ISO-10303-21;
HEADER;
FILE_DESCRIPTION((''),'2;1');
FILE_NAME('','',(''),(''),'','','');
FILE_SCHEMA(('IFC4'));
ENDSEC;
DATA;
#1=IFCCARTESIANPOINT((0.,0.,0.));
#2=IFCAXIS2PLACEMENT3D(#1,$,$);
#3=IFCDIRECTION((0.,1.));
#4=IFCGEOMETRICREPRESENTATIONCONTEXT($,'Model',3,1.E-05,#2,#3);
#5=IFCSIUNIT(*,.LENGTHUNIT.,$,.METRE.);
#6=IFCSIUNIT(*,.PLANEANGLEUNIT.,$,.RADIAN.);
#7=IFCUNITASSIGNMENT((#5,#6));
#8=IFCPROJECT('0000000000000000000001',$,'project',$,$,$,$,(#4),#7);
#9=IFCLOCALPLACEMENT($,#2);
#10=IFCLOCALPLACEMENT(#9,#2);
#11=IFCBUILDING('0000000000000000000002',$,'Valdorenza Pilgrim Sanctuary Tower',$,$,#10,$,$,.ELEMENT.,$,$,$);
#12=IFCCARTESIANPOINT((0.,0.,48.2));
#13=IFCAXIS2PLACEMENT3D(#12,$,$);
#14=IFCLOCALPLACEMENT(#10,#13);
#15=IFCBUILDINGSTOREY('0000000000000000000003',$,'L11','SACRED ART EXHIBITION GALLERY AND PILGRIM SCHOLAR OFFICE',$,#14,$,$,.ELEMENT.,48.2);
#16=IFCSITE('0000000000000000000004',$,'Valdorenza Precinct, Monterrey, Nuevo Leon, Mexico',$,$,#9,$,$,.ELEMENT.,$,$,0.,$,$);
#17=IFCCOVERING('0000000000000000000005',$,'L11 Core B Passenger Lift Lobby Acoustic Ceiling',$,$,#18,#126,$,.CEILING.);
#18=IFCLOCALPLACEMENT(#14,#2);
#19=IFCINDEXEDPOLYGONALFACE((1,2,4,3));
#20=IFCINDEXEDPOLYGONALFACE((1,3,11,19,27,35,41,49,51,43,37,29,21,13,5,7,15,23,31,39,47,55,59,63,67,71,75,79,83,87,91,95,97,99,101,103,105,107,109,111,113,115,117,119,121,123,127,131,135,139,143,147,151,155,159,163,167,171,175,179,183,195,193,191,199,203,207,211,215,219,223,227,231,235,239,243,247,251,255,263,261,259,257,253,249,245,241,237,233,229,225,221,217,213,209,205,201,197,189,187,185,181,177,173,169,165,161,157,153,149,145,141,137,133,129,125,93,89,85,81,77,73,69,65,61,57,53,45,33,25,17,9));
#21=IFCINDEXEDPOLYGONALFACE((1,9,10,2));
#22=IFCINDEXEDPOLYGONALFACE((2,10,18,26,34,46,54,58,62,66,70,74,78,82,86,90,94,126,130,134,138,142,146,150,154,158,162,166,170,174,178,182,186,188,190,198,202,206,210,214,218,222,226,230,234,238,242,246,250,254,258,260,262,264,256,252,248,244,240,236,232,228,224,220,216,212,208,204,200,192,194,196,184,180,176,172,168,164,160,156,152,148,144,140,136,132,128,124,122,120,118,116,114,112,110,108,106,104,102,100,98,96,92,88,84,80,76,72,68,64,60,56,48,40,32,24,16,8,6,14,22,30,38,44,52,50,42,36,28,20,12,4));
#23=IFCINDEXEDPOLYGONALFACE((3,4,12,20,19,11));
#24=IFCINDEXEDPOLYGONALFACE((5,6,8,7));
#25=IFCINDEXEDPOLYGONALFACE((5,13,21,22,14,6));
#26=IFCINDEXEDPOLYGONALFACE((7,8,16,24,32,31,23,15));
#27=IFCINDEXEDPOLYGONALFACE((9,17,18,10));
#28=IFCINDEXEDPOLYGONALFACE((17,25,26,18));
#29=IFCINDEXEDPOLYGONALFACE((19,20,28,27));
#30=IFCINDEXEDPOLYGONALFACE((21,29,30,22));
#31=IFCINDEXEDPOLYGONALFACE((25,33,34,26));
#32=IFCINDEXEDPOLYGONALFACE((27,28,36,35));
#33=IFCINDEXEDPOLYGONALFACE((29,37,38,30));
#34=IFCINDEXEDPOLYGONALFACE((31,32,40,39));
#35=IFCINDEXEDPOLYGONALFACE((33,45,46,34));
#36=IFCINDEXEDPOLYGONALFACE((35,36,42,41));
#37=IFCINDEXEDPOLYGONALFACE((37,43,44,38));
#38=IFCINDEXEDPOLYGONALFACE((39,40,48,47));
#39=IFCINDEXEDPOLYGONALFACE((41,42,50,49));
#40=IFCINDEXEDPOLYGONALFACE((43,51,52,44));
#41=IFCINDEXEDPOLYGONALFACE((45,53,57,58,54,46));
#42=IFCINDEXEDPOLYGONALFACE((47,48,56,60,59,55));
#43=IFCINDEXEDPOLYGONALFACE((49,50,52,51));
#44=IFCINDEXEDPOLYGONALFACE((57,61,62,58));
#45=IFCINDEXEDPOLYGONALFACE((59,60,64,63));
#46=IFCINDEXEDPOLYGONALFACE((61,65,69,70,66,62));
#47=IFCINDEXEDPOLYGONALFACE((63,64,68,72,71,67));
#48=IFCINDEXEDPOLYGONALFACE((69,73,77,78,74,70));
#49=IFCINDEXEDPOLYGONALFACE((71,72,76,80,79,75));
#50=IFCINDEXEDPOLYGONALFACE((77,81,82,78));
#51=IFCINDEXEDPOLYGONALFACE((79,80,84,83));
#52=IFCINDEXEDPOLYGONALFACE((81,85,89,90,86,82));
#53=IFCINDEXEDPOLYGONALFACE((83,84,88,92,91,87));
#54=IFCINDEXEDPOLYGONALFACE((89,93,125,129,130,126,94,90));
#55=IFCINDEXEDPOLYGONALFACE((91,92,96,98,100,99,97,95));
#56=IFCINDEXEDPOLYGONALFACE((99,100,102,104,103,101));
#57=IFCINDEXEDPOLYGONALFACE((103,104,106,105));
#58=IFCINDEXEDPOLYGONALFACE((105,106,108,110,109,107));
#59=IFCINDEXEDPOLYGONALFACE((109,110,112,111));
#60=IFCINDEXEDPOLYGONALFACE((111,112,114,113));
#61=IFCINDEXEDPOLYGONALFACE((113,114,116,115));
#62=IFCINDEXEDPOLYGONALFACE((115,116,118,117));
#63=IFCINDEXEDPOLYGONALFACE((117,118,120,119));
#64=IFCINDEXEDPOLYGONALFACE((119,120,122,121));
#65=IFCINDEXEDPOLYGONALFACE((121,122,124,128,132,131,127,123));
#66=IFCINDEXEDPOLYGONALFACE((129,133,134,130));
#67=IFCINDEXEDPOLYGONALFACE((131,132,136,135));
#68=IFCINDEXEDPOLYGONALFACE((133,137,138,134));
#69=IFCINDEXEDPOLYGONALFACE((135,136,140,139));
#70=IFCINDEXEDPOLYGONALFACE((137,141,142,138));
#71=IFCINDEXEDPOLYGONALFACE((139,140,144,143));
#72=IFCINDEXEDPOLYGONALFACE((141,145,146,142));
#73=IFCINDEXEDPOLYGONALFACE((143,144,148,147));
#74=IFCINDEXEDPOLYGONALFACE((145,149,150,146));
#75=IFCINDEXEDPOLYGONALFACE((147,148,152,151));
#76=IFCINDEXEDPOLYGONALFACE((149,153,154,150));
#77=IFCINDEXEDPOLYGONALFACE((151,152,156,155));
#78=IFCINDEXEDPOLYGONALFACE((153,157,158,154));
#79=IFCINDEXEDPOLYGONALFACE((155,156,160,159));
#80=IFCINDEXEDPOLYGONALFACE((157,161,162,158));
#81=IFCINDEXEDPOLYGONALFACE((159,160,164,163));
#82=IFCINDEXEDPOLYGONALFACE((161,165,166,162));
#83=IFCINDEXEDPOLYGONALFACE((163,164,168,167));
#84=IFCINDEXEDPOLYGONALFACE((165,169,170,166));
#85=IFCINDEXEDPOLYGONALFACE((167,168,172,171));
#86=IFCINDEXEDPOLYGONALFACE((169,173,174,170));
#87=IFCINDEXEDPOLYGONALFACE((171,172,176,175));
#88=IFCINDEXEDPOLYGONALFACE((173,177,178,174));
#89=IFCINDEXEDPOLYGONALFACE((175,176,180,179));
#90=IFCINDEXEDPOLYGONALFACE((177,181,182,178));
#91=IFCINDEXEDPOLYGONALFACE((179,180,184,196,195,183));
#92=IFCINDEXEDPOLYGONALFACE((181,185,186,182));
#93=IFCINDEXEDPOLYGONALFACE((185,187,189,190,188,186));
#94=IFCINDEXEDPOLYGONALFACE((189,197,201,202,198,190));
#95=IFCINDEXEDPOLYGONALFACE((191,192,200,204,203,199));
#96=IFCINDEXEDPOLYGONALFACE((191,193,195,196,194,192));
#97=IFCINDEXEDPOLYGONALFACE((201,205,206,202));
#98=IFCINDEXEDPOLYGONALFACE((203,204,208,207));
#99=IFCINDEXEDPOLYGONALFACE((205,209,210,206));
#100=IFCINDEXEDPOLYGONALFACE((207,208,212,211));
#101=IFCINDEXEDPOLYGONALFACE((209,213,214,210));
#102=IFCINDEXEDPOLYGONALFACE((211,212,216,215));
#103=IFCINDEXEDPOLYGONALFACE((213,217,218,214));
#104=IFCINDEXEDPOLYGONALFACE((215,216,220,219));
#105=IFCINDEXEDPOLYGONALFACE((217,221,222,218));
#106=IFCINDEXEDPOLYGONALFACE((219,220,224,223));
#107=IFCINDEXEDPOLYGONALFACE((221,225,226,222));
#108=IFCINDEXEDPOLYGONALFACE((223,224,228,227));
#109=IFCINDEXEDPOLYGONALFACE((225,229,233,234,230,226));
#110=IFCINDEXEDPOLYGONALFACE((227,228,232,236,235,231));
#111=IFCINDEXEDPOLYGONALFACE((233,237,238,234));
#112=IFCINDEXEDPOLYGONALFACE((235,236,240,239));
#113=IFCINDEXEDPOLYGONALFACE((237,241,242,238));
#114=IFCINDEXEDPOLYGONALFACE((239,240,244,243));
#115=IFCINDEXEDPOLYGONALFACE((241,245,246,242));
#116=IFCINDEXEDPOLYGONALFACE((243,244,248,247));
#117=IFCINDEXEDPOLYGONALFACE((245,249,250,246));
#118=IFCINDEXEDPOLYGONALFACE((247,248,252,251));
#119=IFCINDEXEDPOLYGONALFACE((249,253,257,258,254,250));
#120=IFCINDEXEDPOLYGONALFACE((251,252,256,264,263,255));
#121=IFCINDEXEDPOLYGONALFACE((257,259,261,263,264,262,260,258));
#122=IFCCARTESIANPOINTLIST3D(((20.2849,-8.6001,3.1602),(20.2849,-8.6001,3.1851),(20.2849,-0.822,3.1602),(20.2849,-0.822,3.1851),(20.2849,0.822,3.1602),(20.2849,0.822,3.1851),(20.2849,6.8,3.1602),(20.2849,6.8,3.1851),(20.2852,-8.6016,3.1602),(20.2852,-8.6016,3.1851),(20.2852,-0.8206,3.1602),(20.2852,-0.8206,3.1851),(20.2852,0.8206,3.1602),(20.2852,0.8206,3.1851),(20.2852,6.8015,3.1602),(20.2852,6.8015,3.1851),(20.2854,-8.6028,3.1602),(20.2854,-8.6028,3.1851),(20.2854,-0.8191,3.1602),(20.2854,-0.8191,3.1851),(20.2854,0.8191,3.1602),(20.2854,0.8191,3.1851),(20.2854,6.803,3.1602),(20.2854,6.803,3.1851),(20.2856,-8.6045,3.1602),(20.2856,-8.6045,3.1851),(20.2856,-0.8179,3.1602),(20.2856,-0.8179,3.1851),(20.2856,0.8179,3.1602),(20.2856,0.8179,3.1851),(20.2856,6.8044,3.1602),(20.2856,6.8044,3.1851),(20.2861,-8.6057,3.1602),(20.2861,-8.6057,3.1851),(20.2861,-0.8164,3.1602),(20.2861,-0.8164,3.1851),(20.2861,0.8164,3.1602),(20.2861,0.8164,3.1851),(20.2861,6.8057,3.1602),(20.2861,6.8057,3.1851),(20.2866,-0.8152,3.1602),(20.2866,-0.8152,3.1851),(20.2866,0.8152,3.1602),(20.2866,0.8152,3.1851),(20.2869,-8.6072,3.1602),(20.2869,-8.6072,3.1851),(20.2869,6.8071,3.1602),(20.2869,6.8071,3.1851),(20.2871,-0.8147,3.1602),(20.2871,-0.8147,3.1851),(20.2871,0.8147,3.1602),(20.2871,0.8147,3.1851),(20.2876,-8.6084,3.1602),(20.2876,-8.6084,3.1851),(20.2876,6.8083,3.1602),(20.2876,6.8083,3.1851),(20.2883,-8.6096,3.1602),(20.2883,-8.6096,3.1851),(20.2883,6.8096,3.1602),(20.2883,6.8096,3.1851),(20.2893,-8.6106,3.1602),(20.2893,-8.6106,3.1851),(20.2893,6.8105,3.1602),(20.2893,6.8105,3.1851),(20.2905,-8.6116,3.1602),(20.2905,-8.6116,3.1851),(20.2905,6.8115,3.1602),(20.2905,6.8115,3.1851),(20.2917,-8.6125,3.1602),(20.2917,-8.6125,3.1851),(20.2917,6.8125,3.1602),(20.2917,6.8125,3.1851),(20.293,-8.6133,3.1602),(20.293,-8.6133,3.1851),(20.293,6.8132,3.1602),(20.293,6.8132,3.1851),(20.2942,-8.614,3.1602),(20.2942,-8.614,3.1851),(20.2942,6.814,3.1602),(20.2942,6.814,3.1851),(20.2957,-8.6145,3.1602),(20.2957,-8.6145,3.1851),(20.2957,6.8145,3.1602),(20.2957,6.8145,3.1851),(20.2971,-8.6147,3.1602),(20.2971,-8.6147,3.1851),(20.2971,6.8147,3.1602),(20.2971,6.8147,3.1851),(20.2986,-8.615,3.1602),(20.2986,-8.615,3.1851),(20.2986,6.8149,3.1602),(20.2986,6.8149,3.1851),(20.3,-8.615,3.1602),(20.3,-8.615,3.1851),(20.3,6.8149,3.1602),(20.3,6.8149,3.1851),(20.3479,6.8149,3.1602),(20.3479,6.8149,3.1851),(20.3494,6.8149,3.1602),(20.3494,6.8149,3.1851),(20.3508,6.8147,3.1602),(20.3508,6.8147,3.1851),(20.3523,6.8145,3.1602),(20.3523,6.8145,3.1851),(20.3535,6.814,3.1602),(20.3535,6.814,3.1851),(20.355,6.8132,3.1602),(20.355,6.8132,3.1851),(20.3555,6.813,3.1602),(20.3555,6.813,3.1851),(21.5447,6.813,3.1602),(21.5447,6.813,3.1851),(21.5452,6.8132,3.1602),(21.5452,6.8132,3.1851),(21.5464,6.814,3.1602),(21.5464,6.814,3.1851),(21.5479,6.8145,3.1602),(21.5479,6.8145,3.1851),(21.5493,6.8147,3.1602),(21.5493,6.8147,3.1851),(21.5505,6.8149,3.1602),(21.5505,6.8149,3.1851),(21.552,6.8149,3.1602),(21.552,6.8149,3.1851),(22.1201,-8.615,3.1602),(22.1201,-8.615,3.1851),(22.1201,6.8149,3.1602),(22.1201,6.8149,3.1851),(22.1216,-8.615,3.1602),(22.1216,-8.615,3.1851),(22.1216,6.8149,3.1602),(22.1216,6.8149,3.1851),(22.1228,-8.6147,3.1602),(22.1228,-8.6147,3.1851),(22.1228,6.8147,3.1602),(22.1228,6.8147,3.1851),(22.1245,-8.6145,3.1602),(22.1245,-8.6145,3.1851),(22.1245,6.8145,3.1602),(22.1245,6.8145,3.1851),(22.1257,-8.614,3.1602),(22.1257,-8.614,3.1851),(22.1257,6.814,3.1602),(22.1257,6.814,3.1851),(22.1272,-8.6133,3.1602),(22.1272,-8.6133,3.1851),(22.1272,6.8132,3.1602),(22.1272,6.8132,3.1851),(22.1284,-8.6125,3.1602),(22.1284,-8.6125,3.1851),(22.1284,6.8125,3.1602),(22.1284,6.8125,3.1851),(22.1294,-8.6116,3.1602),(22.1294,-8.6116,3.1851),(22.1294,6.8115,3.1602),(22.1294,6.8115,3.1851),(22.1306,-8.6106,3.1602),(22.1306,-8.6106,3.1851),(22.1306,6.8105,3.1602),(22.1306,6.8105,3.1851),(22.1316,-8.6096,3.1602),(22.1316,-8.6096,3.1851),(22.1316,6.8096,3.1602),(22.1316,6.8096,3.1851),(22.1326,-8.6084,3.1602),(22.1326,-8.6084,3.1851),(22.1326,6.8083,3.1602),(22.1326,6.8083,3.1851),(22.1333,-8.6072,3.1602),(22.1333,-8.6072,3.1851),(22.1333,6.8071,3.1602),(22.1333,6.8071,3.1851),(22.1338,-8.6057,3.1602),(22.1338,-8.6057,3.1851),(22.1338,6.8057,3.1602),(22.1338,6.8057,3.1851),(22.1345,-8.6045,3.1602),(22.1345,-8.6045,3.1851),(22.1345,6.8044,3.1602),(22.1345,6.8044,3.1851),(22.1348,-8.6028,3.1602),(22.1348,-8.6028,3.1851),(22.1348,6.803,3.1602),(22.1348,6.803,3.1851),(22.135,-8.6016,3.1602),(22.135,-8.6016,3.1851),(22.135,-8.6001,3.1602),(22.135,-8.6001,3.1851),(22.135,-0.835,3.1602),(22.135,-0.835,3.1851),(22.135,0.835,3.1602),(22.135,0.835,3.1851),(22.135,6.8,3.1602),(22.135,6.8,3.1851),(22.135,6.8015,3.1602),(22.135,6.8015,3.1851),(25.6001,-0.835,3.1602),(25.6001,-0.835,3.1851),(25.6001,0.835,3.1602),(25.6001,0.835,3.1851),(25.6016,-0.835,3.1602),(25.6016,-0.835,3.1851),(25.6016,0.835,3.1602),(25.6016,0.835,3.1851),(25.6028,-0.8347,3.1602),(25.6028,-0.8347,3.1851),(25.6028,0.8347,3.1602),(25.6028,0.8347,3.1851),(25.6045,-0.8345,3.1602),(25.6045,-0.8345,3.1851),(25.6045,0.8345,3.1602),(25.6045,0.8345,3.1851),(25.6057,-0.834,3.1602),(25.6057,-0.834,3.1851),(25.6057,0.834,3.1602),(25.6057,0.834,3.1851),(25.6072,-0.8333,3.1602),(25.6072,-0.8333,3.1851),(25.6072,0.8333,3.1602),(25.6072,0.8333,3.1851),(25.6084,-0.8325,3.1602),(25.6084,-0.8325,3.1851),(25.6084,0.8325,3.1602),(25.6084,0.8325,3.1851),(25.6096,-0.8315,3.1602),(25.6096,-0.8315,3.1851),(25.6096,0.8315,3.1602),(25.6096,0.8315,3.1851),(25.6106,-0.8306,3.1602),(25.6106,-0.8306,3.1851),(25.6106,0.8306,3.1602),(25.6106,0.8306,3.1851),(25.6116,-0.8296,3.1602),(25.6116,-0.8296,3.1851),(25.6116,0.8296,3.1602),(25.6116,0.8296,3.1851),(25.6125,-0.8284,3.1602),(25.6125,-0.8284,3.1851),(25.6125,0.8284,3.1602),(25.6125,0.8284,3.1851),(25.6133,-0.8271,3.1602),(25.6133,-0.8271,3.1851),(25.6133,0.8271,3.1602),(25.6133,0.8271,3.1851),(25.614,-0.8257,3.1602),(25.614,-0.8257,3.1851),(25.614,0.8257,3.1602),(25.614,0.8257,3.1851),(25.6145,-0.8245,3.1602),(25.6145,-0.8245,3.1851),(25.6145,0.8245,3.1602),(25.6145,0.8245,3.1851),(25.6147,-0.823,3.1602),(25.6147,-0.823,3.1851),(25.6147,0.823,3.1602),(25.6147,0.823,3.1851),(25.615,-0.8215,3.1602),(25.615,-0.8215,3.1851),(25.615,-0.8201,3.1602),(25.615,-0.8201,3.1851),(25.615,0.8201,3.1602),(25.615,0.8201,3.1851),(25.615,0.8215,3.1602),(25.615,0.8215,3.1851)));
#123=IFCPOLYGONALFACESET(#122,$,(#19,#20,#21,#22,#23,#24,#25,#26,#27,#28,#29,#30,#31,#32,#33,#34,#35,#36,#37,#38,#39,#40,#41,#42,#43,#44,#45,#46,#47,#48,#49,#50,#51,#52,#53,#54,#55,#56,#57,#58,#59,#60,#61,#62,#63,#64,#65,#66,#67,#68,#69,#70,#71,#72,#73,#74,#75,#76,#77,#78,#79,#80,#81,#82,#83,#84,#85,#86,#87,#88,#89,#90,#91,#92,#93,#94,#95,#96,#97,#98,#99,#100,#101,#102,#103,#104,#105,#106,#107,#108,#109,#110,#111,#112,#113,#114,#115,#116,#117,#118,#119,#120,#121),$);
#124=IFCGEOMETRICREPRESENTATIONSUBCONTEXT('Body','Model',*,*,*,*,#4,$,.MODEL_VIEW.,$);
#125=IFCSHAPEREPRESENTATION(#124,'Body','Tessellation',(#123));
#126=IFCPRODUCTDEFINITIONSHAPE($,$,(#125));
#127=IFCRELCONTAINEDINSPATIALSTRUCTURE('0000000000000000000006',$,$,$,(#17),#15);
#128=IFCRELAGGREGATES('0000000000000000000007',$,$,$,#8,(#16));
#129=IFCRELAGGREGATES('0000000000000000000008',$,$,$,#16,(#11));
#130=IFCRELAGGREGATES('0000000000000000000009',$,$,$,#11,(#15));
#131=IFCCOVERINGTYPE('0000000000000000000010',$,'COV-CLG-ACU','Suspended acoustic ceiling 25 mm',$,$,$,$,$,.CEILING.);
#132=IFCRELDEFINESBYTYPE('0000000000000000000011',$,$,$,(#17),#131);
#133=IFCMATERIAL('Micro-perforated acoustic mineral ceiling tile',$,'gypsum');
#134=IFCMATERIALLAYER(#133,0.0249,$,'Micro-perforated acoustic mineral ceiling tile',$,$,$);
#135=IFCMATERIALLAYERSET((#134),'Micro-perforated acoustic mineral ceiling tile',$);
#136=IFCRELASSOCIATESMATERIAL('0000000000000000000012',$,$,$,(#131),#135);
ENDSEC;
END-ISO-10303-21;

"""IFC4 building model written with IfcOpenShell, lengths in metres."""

from ifc_helpers import new_model, si_unit, direction, frame, origin, place, context, subcontext, project, spatial, polyline, outline, extrude, material, layer, layer_set, type_object, element, save


model = new_model("IFC4")

# Units and contexts
model_context = context("Model", 3, precision=1e-05, world=origin(), true_north=direction((0.0, 1.0)))
body_context = subcontext(model_context, "Body", "Model", "MODEL_VIEW")
ifc_project = project(units=[si_unit("LENGTHUNIT", "METRE"), si_unit("PLANEANGLEUNIT", "RADIAN")], contexts=[model_context])

# Site, building, storey
site_placement = place(None, origin())
site = spatial("IfcSite", under=ifc_project, at=site_placement, Name="Valdorenza Precinct, Monterrey, Nuevo Leon, Mexico", CompositionType="ELEMENT", RefElevation=0.0)
building_placement = place(site_placement, origin())
building = spatial("IfcBuilding", under=site, at=building_placement, Name="Valdorenza Pilgrim Sanctuary Tower", CompositionType="ELEMENT")
storey_placement = place(building_placement, frame((0.0, 0.0, 48.2)))
storey = spatial("IfcBuildingStorey", under=building, at=storey_placement, Name="L11", Description="SACRED ART EXHIBITION GALLERY AND PILGRIM SCHOLAR OFFICE", CompositionType="ELEMENT", Elevation=48.2)

# Covering
ifc_material_1 = material(Name="Micro-perforated acoustic mineral ceiling tile", Category="gypsum")
ifc_layer_1 = layer(ifc_material_1, 0.0249, Name="Micro-perforated acoustic mineral ceiling tile")
ifc_layer_set_1 = layer_set([ifc_layer_1], Name="Micro-perforated acoustic mineral ceiling tile")
covering_type_1 = type_object("IfcCoveringType", Name="COV-CLG-ACU", Description="Suspended acoustic ceiling 25 mm", PredefinedType="CEILING", material=ifc_layer_set_1)
covering_1_placement = place(storey_placement, frame((0.0, 0.0, 3.1602)))
element("IfcCovering", 1, at=covering_1_placement, inside=storey, type_object=covering_type_1, Name="L11 Core B Passenger Lift Lobby Acoustic Ceiling", PredefinedType="CEILING", context=body_context, shape_type="SweptSolid", body=[
    extrude(outline(polyline([(20.2871, -0.8147), (20.2871, 0.8147), (20.2866, 0.8152), (20.2861, 0.8164), (20.2856, 0.8179), (20.2854, 0.8191), (20.2852, 0.8206), (20.2849, 0.822), (20.2849, 6.8), (20.2852, 6.8015), (20.2854, 6.803), (20.2856, 6.8044), (20.2861, 6.8057), (20.2869, 6.8071), (20.2876, 6.8083), (20.2883, 6.8096), (20.2893, 6.8105), (20.2905, 6.8115), (20.2917, 6.8125), (20.293, 6.8132), (20.2942, 6.814), (20.2957, 6.8145), (20.2971, 6.8147), (20.2986, 6.8149), (20.3, 6.8149), (20.3479, 6.8149), (20.3494, 6.8149), (20.3508, 6.8147), (20.3523, 6.8145), (20.3535, 6.814), (20.355, 6.8132), (20.3555, 6.813), (21.5447, 6.813), (21.5452, 6.8132), (21.5464, 6.814), (21.5479, 6.8145), (21.5493, 6.8147), (21.5505, 6.8149), (21.552, 6.8149), (22.1201, 6.8149), (22.1216, 6.8149), (22.1228, 6.8147), (22.1245, 6.8145), (22.1257, 6.814), (22.1272, 6.8132), (22.1284, 6.8125), (22.1294, 6.8115), (22.1306, 6.8105), (22.1316, 6.8096), (22.1326, 6.8083), (22.1333, 6.8071), (22.1338, 6.8057), (22.1345, 6.8044), (22.1348, 6.803), (22.135, 6.8015), (22.135, 6.8), (22.135, 0.835), (25.6001, 0.835), (25.6016, 0.835), (25.6028, 0.8347), (25.6045, 0.8345), (25.6057, 0.834), (25.6072, 0.8333), (25.6084, 0.8325), (25.6096, 0.8315), (25.6106, 0.8306), (25.6116, 0.8296), (25.6125, 0.8284), (25.6133, 0.8271), (25.614, 0.8257), (25.6145, 0.8245), (25.6147, 0.823), (25.615, 0.8215), (25.615, 0.8201), (25.615, -0.8201), (25.615, -0.8215), (25.6147, -0.823), (25.6145, -0.8245), (25.614, -0.8257), (25.6133, -0.8271), (25.6125, -0.8284), (25.6116, -0.8296), (25.6106, -0.8306), (25.6096, -0.8315), (25.6084, -0.8325), (25.6072, -0.8333), (25.6057, -0.834), (25.6045, -0.8345), (25.6028, -0.8347), (25.6016, -0.835), (25.6001, -0.835), (22.135, -0.835), (22.135, -8.6001), (22.135, -8.6016), (22.1348, -8.6028), (22.1345, -8.6045), (22.1338, -8.6057), (22.1333, -8.6072), (22.1326, -8.6084), (22.1316, -8.6096), (22.1306, -8.6106), (22.1294, -8.6116), (22.1284, -8.6125), (22.1272, -8.6133), (22.1257, -8.614), (22.1245, -8.6145), (22.1228, -8.6147), (22.1216, -8.615), (22.1201, -8.615), (20.3, -8.615), (20.2986, -8.615), (20.2971, -8.6147), (20.2957, -8.6145), (20.2942, -8.614), (20.293, -8.6133), (20.2917, -8.6125), (20.2905, -8.6116), (20.2893, -8.6106), (20.2883, -8.6096), (20.2876, -8.6084), (20.2869, -8.6072), (20.2861, -8.6057), (20.2856, -8.6045), (20.2854, -8.6028), (20.2852, -8.6016), (20.2849, -8.6001), (20.2849, -0.822), (20.2852, -0.8206), (20.2854, -0.8191), (20.2856, -0.8179), (20.2861, -0.8164), (20.2866, -0.8152), (20.2871, -0.8147)])), origin(), (0.0, 0.0, 1.0), 0.0249),
])

save(model, "model.ifc")
